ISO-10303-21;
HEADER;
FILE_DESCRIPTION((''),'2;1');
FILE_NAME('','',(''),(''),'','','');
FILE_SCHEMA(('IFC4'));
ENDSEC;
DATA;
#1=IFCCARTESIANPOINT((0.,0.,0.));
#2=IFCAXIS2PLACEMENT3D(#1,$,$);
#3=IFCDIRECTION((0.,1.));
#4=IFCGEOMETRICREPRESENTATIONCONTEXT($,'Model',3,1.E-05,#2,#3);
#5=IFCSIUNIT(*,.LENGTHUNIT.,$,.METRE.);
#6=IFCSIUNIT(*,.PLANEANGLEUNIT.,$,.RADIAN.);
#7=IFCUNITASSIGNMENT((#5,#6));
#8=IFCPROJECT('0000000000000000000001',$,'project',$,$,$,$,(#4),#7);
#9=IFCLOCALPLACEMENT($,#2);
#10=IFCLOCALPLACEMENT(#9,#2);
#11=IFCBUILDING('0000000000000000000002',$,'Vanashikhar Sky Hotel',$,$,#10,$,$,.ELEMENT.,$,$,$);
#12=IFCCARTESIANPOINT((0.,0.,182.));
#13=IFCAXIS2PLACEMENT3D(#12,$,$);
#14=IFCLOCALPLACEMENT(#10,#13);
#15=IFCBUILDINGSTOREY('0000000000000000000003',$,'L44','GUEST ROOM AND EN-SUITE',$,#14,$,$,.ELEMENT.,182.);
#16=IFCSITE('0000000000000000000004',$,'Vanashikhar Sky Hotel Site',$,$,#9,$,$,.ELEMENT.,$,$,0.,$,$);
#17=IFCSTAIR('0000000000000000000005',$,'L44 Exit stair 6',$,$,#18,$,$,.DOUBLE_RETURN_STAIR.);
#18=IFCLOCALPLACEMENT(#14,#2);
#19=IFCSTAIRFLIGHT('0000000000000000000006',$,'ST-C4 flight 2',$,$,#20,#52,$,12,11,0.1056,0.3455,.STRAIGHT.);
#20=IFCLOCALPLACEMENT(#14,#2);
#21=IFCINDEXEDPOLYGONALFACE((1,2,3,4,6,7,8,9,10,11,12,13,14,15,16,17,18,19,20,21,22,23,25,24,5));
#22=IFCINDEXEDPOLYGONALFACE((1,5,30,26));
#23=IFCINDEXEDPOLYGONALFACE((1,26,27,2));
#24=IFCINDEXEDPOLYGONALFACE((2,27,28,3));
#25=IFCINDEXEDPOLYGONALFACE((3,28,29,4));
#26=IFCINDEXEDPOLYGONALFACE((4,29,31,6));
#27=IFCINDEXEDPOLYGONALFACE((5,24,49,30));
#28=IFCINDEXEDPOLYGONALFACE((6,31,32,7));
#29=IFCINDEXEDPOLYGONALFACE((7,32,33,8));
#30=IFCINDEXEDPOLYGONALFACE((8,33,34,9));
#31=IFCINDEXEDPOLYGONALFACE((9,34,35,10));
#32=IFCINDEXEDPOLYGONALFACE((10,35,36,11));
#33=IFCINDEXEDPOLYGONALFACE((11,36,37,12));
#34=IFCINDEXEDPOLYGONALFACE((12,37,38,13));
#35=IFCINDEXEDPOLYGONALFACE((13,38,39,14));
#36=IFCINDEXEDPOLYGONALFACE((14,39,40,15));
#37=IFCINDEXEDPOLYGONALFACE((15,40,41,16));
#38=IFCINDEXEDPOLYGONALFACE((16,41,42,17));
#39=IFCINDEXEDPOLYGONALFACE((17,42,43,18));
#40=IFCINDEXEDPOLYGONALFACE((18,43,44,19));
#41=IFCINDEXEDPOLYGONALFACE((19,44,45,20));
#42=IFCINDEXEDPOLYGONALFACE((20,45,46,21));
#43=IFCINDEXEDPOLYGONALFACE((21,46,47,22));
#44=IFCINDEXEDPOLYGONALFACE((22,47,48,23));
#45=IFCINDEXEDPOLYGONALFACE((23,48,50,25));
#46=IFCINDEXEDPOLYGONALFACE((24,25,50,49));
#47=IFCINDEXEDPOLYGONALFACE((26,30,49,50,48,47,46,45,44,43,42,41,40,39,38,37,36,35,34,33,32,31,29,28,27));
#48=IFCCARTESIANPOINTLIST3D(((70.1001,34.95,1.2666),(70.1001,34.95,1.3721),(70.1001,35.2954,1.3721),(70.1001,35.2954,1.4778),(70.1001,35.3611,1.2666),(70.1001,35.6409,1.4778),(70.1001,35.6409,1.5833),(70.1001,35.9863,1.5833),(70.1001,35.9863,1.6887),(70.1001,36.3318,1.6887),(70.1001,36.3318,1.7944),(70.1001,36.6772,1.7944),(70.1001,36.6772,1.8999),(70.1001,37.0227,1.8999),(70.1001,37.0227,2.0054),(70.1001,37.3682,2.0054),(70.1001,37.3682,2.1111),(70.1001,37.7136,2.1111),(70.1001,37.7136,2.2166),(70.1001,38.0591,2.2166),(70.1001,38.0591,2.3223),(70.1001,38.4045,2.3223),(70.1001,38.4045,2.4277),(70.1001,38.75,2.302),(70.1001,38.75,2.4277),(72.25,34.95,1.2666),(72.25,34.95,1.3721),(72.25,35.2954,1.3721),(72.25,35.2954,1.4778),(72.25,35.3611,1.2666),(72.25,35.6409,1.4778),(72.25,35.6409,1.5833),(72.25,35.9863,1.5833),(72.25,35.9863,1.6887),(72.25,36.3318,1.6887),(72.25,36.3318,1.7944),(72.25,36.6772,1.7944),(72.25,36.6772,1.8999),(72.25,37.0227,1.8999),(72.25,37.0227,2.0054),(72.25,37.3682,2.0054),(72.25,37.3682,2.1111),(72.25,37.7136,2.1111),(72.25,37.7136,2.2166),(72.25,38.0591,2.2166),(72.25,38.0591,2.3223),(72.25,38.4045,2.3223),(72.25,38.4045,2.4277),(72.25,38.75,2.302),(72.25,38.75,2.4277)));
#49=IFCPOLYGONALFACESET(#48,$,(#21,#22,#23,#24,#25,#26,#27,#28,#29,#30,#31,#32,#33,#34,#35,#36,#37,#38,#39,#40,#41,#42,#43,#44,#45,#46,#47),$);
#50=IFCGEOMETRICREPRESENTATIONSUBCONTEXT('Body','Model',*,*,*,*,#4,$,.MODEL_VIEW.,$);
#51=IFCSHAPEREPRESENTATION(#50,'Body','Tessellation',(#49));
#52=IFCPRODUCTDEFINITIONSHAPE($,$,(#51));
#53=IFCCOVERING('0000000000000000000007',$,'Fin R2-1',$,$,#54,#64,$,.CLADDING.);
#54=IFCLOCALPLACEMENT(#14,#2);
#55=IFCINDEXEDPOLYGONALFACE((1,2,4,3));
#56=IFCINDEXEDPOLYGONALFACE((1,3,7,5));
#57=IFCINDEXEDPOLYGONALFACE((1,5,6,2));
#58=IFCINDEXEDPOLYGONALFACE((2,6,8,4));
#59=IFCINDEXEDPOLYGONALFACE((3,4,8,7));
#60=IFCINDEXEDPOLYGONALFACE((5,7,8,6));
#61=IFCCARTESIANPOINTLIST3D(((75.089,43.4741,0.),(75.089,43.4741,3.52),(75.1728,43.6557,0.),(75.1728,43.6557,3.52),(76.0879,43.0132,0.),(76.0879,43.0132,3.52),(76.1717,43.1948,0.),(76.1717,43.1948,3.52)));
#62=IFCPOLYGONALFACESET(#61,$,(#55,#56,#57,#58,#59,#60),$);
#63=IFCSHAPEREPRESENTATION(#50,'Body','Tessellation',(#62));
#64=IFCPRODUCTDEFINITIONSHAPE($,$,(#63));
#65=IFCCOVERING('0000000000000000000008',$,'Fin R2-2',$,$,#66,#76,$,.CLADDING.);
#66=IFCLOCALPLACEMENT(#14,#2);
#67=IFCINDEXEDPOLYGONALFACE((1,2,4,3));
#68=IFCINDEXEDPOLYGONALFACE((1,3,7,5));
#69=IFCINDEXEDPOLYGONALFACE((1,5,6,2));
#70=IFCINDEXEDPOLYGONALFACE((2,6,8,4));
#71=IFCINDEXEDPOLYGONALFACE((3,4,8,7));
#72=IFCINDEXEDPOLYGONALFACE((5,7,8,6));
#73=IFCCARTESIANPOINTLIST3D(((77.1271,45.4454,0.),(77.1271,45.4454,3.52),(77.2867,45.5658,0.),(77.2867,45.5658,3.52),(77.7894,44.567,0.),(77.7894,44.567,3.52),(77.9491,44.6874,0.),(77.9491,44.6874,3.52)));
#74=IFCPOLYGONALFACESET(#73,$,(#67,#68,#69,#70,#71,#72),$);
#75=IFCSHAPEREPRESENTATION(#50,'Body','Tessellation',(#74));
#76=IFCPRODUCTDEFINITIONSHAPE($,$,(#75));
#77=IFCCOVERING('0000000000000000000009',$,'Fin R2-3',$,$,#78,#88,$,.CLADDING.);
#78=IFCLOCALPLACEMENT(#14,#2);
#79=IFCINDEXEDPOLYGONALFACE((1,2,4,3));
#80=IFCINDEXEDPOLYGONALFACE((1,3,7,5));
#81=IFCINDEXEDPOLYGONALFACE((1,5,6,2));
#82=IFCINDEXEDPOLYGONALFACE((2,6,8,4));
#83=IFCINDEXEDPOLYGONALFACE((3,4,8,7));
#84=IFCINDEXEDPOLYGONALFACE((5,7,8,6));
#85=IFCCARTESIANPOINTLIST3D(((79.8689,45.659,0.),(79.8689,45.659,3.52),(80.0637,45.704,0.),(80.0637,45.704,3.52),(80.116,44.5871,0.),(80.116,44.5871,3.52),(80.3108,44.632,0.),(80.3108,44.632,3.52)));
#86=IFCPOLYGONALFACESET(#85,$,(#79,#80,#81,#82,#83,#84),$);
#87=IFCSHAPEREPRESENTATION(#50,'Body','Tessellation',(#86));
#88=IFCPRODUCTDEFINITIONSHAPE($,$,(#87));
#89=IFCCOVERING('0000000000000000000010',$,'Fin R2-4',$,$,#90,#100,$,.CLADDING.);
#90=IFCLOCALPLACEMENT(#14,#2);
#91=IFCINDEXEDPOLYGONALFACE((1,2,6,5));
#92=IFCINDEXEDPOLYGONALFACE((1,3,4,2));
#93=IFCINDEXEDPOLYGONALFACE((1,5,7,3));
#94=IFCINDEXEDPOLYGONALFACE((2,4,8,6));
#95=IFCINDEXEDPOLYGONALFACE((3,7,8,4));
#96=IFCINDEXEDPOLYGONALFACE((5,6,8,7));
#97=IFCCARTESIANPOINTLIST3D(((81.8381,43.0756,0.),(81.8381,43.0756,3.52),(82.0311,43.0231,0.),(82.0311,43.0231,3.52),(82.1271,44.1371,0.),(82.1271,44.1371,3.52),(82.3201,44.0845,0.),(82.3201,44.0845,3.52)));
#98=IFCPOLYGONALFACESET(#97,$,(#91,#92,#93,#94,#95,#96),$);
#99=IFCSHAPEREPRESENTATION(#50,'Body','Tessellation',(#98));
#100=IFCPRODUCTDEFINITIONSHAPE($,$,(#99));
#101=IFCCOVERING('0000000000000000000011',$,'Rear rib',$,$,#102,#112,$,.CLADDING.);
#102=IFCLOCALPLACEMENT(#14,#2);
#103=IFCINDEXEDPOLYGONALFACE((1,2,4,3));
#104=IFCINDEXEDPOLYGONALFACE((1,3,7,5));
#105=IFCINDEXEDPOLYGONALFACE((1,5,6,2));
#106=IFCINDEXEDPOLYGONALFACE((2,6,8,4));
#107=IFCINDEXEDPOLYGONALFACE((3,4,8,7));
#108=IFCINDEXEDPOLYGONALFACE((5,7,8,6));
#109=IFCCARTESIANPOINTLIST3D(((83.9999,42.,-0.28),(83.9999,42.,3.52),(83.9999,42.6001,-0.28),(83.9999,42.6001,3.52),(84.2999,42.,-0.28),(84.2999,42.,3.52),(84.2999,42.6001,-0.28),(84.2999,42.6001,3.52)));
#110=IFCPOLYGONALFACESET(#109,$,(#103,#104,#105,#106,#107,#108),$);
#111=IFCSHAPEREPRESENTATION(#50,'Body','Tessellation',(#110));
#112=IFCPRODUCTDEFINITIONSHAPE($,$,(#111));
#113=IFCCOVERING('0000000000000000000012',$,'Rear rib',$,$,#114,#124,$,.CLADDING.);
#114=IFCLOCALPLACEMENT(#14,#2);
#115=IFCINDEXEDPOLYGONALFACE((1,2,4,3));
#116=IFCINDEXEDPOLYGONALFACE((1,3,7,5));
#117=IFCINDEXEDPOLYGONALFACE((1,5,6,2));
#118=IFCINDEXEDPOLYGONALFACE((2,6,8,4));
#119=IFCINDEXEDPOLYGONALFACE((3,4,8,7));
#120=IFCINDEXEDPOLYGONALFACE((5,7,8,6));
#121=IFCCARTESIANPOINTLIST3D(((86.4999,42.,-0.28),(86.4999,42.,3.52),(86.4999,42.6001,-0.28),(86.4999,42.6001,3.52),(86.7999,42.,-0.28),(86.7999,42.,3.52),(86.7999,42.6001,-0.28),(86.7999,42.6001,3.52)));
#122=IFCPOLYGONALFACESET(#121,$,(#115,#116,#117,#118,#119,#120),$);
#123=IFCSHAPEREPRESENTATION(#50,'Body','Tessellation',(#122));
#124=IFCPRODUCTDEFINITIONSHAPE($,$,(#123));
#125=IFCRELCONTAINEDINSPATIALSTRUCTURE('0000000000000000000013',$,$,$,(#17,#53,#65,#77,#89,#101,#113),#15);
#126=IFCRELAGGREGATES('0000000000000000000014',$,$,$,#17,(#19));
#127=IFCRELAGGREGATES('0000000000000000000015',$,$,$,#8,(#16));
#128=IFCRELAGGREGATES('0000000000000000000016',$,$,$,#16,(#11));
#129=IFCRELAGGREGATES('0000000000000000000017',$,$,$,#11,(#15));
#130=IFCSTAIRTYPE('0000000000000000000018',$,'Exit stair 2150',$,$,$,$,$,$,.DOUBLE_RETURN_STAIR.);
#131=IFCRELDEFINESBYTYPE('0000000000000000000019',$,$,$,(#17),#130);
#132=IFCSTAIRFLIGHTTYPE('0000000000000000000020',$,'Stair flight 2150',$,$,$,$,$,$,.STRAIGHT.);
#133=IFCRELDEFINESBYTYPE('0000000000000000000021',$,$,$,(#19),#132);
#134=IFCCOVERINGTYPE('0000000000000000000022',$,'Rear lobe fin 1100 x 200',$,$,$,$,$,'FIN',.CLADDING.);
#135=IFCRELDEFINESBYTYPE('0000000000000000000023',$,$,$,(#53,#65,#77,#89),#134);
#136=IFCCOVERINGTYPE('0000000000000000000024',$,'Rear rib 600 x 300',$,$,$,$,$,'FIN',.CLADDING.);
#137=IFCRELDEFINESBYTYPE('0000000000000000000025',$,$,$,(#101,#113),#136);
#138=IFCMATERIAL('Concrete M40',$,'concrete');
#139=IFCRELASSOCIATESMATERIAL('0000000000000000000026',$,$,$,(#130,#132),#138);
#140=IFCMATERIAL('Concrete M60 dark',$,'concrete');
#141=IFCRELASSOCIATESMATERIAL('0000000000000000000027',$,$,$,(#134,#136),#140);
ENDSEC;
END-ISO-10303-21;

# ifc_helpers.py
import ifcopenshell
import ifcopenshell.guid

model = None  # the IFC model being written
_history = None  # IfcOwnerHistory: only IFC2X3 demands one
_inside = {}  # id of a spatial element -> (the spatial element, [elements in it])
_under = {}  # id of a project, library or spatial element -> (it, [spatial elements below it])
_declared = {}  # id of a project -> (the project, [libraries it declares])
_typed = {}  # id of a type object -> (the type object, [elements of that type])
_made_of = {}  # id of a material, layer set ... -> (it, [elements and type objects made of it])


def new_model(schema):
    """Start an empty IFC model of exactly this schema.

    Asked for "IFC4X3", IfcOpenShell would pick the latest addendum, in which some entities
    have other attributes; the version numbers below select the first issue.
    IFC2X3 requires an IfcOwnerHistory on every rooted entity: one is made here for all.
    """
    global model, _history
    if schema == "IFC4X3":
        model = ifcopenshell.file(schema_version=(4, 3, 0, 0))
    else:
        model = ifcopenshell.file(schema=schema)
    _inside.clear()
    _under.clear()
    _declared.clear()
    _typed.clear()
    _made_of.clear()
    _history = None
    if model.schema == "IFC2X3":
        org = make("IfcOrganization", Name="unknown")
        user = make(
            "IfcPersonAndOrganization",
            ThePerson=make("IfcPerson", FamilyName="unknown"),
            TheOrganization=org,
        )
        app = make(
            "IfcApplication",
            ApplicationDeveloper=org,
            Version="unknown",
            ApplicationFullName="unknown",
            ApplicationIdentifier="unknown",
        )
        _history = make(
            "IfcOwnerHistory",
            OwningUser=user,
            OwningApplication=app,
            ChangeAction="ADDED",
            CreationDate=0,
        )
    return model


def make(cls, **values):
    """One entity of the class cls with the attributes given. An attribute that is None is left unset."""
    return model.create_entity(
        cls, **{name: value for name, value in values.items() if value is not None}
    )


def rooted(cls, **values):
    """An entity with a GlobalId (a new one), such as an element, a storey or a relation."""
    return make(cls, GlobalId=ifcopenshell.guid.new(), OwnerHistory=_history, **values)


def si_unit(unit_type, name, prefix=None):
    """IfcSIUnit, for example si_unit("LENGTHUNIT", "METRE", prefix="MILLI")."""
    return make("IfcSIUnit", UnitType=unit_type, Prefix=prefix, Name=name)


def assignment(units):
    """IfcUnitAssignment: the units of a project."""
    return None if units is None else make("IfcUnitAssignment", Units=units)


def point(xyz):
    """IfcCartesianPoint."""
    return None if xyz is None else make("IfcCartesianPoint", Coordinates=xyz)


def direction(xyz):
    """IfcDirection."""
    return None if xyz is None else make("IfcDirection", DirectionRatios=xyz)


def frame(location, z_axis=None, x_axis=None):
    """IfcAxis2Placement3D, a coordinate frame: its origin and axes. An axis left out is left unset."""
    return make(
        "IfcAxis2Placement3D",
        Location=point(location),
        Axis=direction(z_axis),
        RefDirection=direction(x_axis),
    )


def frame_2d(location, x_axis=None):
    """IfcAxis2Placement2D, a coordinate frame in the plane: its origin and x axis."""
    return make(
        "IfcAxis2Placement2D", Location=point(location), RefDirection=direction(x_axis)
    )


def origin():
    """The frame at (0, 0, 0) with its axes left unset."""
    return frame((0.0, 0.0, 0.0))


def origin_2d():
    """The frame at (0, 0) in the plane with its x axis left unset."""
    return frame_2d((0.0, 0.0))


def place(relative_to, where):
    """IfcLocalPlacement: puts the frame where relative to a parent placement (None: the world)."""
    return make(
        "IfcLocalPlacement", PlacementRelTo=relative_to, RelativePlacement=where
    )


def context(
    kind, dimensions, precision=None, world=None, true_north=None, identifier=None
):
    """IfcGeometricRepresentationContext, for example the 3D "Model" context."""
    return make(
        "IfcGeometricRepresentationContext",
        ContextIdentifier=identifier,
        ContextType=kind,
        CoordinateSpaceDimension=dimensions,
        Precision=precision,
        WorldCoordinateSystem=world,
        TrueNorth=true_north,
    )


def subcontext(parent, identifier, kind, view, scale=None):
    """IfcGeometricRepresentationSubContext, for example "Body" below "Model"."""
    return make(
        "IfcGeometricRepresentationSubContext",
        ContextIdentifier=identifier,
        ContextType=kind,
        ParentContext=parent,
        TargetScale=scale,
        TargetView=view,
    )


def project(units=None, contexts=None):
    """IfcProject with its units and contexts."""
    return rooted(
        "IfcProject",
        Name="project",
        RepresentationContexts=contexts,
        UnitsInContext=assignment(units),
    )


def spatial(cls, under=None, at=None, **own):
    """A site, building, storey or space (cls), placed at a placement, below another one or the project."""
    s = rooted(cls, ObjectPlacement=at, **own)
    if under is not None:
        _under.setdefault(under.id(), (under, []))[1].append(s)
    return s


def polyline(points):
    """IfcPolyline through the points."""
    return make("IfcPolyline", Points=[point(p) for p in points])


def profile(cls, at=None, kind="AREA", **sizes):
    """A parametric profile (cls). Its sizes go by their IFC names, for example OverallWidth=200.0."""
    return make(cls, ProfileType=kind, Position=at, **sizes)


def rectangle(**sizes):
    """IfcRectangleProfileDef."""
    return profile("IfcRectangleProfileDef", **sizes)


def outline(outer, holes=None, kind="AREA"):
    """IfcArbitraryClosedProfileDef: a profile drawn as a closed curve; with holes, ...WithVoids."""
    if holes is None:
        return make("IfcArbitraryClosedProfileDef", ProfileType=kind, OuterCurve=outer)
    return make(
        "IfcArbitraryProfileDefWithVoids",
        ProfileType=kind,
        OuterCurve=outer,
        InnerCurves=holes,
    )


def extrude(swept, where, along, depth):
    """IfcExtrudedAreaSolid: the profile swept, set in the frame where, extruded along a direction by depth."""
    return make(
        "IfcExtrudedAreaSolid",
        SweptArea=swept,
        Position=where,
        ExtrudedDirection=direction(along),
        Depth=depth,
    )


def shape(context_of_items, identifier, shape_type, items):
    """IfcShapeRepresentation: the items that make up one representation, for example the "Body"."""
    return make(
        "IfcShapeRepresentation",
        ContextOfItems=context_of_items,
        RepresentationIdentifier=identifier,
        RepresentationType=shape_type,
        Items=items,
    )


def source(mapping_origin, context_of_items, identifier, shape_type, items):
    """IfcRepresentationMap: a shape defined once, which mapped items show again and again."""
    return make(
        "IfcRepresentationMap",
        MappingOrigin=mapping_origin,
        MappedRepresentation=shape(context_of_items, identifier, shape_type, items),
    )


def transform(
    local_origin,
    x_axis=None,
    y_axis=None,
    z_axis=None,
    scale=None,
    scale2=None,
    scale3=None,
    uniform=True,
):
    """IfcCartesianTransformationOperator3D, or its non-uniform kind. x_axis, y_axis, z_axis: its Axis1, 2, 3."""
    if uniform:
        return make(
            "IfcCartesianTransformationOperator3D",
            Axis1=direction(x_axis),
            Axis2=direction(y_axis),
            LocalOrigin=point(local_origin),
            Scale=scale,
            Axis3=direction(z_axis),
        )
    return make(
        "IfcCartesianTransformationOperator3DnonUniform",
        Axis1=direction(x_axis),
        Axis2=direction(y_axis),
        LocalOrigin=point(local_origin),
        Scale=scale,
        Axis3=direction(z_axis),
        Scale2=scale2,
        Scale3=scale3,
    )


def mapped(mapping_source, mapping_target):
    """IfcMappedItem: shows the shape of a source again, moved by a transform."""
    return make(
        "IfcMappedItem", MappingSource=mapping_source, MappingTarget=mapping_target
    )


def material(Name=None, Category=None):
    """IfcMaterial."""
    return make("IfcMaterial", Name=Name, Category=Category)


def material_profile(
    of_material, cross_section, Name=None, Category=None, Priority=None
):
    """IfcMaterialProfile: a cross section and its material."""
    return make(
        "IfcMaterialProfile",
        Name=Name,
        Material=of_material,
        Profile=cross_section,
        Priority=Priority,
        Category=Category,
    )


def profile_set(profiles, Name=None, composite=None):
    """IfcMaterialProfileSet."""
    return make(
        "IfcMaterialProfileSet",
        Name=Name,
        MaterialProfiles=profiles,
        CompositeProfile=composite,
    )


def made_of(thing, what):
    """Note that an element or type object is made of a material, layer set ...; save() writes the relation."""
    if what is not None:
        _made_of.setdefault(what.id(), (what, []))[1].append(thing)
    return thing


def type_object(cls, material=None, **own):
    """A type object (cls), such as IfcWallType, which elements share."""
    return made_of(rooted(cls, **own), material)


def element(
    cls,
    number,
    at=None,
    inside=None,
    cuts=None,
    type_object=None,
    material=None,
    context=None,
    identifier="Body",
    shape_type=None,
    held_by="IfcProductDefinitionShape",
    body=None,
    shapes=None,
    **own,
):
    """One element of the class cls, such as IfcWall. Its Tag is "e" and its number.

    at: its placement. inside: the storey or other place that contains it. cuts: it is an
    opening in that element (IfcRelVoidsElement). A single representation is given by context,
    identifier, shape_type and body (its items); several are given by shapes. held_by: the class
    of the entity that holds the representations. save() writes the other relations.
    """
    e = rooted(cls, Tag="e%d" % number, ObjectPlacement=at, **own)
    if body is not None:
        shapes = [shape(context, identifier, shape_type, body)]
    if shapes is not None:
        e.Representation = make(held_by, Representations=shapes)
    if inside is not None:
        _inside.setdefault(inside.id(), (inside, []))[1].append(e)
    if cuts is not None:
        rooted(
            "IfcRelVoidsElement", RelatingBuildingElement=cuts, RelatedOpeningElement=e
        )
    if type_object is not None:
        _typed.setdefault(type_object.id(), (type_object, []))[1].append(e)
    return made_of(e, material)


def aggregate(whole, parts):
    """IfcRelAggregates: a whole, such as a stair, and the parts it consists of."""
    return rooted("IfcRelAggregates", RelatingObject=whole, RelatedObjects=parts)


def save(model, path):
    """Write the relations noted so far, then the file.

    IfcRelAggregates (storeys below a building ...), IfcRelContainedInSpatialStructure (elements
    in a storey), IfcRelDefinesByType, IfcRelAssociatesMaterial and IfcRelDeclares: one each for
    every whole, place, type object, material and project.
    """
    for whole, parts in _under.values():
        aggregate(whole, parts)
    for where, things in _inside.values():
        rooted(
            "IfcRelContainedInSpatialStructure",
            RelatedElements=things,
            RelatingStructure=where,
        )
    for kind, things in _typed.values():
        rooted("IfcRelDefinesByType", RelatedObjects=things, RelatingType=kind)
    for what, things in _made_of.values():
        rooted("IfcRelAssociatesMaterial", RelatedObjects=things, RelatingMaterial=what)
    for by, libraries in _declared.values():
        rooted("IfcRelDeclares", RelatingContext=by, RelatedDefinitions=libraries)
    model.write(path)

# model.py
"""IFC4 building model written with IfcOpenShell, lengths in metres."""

from ifc_helpers import new_model, si_unit, direction, frame, origin, origin_2d, place, context, subcontext, project, spatial, polyline, rectangle, outline, extrude, source, transform, mapped, material, material_profile, profile_set, type_object, element, aggregate, save


model = new_model("IFC4")

# Units and contexts
model_context = context("Model", 3, precision=1e-05, world=origin(), true_north=direction((0.0, 1.0)))
body_context = subcontext(model_context, "Body", "Model", "MODEL_VIEW")
ifc_project = project(units=[si_unit("LENGTHUNIT", "METRE"), si_unit("PLANEANGLEUNIT", "RADIAN")], contexts=[model_context])

# Site, building, storey
site_placement = place(None, origin())
site = spatial("IfcSite", under=ifc_project, at=site_placement, Name="Vanashikhar Sky Hotel Site", CompositionType="ELEMENT", RefElevation=0.0)
building_placement = place(site_placement, origin())
building = spatial("IfcBuilding", under=site, at=building_placement, Name="Vanashikhar Sky Hotel", CompositionType="ELEMENT")
storey_placement = place(building_placement, frame((0.0, 0.0, 182.0)))
storey = spatial("IfcBuildingStorey", under=building, at=storey_placement, Name="L44", Description="GUEST ROOM AND EN-SUITE", CompositionType="ELEMENT", Elevation=182.0)

# Shared definitions
ifc_material_1 = material(Name="Concrete M40", Category="concrete")

# Stair, stair flight
stair_type = type_object("IfcStairType", Name="Exit stair 2150", PredefinedType="DOUBLE_RETURN_STAIR", material=ifc_material_1)
stair_placement = place(storey_placement, origin())
stair = element("IfcStair", 1, at=stair_placement, inside=storey, type_object=stair_type, Name="L44 Exit stair 6", PredefinedType="DOUBLE_RETURN_STAIR")
stair_flight_type = type_object("IfcStairFlightType", Name="Stair flight 2150", PredefinedType="STRAIGHT", material=ifc_material_1)
shared_shape_1 = source(origin(), body_context, "Body", "SweptSolid", [
    extrude(outline(polyline([(0.0, 0.0), (0.0, 0.1055), (0.3455, 0.1055), (0.3455, 0.2112), (0.6909, 0.2112), (0.6909, 0.3167), (1.0364, 0.3167), (1.0364, 0.4221), (1.3818, 0.4221), (1.3818, 0.5278), (1.7273, 0.5278), (1.7273, 0.6333), (2.0728, 0.6333), (2.0728, 0.7388), (2.4182, 0.7388), (2.4182, 0.8445), (2.7637, 0.8445), (2.7637, 0.95), (3.1091, 0.95), (3.1091, 1.0557), (3.4546, 1.0557), (3.4546, 1.1611), (3.8, 1.1611), (3.8, 1.2666), (3.8, 1.0354), (0.4111, 0.0), (0.0, 0.0)])), frame((0.0, 1.075, 0.0), z_axis=(0.0, -1.0, 0.0), x_axis=(1.0, 0.0, 0.0)), (0.0, 0.0, 1.0), 2.1499),
])
stair_flight_placement = place(storey_placement, frame((71.175, 34.95, 1.2666), z_axis=(0.0, 0.0, 1.0), x_axis=(0.0, 1.0, 0.0)))
stair_flight = element("IfcStairFlight", 2, at=stair_flight_placement, type_object=stair_flight_type, Name="ST-C4 flight 2", NumberOfRisers=12, NumberOfTreads=11, PredefinedType="STRAIGHT", RiserHeight=0.1056, TreadLength=0.3455, context=body_context, shape_type="MappedRepresentation", body=[
    mapped(shared_shape_1, transform((0.0, 0.0, 0.0), scale=1.0)),
])
aggregate(stair, [stair_flight])

# Coverings
ifc_material_2 = material(Name="Concrete M60 dark", Category="concrete")
ifc_material_profile_1 = material_profile(ifc_material_2, rectangle(XDim=1.1001, YDim=0.2, at=origin_2d()))
ifc_profile_set_1 = profile_set([ifc_material_profile_1], Name="Rear lobe fin 1100 x 200")
covering_type_1 = type_object("IfcCoveringType", Name="Rear lobe fin 1100 x 200", ElementType="FIN", PredefinedType="CLADDING", material=ifc_profile_set_1)
shared_shape_2 = source(origin(), body_context, "Body", "SweptSolid", [
    extrude(rectangle(XDim=1.1001, YDim=0.2, at=origin_2d()), origin(), (0.0, 0.0, 1.0), 3.52),
])
for number, where, z_axis, x_axis, name in (
    (3, (75.6304, 43.3345, 0.0), (0.0, 0.0, 1.0), (-0.908004, 0.418961, 0.0), "Fin R2-1"),
    (4, (77.5381, 45.0664, 0.0), (0.0, 0.0, 1.0), (-0.602066, 0.798446, 0.0), "Fin R2-2"),
    (5, (80.0898, 45.1455, 0.0), (0.0, 0.0, 1.0), (-0.224645, 0.974441, 0.0), "Fin R2-3"),
    (6, (82.0791, 43.5801, 0.0), (0.0, 0.0, 1.0), (0.262711, 0.964874, 0.0), "Fin R2-4"),
):
    element("IfcCovering", number, at=place(storey_placement, frame(where, z_axis=z_axis, x_axis=x_axis)), inside=storey, type_object=covering_type_1, Name=name, PredefinedType="CLADDING", context=body_context, shape_type="MappedRepresentation", body=[
        mapped(shared_shape_2, transform((0.0, 0.0, 0.0), scale=1.0)),
    ])
ifc_material_profile_2 = material_profile(ifc_material_2, rectangle(XDim=0.6001, YDim=0.3, at=origin_2d()))
ifc_profile_set_2 = profile_set([ifc_material_profile_2], Name="Rear rib 600 x 300")
covering_type_2 = type_object("IfcCoveringType", Name="Rear rib 600 x 300", ElementType="FIN", PredefinedType="CLADDING", material=ifc_profile_set_2)
shared_shape_3 = source(origin(), body_context, "Body", "SweptSolid", [
    extrude(rectangle(XDim=0.6001, YDim=0.3, at=origin_2d()), origin(), (0.0, 0.0, 1.0), 3.8),
])
for number, where, z_axis, x_axis, name in (
    (7, (84.1499, 42.3, -0.28), (0.0, 0.0, 1.0), (0.0, 1.0, 0.0), "Rear rib"),
    (8, (86.6499, 42.3, -0.28), (0.0, 0.0, 1.0), (0.0, 1.0, 0.0), "Rear rib"),
):
    element("IfcCovering", number, at=place(storey_placement, frame(where, z_axis=z_axis, x_axis=x_axis)), inside=storey, type_object=covering_type_2, Name=name, PredefinedType="CLADDING", context=body_context, shape_type="MappedRepresentation", body=[
        mapped(shared_shape_3, transform((0.0, 0.0, 0.0), scale=1.0)),
    ])

save(model, "model.ifc")
